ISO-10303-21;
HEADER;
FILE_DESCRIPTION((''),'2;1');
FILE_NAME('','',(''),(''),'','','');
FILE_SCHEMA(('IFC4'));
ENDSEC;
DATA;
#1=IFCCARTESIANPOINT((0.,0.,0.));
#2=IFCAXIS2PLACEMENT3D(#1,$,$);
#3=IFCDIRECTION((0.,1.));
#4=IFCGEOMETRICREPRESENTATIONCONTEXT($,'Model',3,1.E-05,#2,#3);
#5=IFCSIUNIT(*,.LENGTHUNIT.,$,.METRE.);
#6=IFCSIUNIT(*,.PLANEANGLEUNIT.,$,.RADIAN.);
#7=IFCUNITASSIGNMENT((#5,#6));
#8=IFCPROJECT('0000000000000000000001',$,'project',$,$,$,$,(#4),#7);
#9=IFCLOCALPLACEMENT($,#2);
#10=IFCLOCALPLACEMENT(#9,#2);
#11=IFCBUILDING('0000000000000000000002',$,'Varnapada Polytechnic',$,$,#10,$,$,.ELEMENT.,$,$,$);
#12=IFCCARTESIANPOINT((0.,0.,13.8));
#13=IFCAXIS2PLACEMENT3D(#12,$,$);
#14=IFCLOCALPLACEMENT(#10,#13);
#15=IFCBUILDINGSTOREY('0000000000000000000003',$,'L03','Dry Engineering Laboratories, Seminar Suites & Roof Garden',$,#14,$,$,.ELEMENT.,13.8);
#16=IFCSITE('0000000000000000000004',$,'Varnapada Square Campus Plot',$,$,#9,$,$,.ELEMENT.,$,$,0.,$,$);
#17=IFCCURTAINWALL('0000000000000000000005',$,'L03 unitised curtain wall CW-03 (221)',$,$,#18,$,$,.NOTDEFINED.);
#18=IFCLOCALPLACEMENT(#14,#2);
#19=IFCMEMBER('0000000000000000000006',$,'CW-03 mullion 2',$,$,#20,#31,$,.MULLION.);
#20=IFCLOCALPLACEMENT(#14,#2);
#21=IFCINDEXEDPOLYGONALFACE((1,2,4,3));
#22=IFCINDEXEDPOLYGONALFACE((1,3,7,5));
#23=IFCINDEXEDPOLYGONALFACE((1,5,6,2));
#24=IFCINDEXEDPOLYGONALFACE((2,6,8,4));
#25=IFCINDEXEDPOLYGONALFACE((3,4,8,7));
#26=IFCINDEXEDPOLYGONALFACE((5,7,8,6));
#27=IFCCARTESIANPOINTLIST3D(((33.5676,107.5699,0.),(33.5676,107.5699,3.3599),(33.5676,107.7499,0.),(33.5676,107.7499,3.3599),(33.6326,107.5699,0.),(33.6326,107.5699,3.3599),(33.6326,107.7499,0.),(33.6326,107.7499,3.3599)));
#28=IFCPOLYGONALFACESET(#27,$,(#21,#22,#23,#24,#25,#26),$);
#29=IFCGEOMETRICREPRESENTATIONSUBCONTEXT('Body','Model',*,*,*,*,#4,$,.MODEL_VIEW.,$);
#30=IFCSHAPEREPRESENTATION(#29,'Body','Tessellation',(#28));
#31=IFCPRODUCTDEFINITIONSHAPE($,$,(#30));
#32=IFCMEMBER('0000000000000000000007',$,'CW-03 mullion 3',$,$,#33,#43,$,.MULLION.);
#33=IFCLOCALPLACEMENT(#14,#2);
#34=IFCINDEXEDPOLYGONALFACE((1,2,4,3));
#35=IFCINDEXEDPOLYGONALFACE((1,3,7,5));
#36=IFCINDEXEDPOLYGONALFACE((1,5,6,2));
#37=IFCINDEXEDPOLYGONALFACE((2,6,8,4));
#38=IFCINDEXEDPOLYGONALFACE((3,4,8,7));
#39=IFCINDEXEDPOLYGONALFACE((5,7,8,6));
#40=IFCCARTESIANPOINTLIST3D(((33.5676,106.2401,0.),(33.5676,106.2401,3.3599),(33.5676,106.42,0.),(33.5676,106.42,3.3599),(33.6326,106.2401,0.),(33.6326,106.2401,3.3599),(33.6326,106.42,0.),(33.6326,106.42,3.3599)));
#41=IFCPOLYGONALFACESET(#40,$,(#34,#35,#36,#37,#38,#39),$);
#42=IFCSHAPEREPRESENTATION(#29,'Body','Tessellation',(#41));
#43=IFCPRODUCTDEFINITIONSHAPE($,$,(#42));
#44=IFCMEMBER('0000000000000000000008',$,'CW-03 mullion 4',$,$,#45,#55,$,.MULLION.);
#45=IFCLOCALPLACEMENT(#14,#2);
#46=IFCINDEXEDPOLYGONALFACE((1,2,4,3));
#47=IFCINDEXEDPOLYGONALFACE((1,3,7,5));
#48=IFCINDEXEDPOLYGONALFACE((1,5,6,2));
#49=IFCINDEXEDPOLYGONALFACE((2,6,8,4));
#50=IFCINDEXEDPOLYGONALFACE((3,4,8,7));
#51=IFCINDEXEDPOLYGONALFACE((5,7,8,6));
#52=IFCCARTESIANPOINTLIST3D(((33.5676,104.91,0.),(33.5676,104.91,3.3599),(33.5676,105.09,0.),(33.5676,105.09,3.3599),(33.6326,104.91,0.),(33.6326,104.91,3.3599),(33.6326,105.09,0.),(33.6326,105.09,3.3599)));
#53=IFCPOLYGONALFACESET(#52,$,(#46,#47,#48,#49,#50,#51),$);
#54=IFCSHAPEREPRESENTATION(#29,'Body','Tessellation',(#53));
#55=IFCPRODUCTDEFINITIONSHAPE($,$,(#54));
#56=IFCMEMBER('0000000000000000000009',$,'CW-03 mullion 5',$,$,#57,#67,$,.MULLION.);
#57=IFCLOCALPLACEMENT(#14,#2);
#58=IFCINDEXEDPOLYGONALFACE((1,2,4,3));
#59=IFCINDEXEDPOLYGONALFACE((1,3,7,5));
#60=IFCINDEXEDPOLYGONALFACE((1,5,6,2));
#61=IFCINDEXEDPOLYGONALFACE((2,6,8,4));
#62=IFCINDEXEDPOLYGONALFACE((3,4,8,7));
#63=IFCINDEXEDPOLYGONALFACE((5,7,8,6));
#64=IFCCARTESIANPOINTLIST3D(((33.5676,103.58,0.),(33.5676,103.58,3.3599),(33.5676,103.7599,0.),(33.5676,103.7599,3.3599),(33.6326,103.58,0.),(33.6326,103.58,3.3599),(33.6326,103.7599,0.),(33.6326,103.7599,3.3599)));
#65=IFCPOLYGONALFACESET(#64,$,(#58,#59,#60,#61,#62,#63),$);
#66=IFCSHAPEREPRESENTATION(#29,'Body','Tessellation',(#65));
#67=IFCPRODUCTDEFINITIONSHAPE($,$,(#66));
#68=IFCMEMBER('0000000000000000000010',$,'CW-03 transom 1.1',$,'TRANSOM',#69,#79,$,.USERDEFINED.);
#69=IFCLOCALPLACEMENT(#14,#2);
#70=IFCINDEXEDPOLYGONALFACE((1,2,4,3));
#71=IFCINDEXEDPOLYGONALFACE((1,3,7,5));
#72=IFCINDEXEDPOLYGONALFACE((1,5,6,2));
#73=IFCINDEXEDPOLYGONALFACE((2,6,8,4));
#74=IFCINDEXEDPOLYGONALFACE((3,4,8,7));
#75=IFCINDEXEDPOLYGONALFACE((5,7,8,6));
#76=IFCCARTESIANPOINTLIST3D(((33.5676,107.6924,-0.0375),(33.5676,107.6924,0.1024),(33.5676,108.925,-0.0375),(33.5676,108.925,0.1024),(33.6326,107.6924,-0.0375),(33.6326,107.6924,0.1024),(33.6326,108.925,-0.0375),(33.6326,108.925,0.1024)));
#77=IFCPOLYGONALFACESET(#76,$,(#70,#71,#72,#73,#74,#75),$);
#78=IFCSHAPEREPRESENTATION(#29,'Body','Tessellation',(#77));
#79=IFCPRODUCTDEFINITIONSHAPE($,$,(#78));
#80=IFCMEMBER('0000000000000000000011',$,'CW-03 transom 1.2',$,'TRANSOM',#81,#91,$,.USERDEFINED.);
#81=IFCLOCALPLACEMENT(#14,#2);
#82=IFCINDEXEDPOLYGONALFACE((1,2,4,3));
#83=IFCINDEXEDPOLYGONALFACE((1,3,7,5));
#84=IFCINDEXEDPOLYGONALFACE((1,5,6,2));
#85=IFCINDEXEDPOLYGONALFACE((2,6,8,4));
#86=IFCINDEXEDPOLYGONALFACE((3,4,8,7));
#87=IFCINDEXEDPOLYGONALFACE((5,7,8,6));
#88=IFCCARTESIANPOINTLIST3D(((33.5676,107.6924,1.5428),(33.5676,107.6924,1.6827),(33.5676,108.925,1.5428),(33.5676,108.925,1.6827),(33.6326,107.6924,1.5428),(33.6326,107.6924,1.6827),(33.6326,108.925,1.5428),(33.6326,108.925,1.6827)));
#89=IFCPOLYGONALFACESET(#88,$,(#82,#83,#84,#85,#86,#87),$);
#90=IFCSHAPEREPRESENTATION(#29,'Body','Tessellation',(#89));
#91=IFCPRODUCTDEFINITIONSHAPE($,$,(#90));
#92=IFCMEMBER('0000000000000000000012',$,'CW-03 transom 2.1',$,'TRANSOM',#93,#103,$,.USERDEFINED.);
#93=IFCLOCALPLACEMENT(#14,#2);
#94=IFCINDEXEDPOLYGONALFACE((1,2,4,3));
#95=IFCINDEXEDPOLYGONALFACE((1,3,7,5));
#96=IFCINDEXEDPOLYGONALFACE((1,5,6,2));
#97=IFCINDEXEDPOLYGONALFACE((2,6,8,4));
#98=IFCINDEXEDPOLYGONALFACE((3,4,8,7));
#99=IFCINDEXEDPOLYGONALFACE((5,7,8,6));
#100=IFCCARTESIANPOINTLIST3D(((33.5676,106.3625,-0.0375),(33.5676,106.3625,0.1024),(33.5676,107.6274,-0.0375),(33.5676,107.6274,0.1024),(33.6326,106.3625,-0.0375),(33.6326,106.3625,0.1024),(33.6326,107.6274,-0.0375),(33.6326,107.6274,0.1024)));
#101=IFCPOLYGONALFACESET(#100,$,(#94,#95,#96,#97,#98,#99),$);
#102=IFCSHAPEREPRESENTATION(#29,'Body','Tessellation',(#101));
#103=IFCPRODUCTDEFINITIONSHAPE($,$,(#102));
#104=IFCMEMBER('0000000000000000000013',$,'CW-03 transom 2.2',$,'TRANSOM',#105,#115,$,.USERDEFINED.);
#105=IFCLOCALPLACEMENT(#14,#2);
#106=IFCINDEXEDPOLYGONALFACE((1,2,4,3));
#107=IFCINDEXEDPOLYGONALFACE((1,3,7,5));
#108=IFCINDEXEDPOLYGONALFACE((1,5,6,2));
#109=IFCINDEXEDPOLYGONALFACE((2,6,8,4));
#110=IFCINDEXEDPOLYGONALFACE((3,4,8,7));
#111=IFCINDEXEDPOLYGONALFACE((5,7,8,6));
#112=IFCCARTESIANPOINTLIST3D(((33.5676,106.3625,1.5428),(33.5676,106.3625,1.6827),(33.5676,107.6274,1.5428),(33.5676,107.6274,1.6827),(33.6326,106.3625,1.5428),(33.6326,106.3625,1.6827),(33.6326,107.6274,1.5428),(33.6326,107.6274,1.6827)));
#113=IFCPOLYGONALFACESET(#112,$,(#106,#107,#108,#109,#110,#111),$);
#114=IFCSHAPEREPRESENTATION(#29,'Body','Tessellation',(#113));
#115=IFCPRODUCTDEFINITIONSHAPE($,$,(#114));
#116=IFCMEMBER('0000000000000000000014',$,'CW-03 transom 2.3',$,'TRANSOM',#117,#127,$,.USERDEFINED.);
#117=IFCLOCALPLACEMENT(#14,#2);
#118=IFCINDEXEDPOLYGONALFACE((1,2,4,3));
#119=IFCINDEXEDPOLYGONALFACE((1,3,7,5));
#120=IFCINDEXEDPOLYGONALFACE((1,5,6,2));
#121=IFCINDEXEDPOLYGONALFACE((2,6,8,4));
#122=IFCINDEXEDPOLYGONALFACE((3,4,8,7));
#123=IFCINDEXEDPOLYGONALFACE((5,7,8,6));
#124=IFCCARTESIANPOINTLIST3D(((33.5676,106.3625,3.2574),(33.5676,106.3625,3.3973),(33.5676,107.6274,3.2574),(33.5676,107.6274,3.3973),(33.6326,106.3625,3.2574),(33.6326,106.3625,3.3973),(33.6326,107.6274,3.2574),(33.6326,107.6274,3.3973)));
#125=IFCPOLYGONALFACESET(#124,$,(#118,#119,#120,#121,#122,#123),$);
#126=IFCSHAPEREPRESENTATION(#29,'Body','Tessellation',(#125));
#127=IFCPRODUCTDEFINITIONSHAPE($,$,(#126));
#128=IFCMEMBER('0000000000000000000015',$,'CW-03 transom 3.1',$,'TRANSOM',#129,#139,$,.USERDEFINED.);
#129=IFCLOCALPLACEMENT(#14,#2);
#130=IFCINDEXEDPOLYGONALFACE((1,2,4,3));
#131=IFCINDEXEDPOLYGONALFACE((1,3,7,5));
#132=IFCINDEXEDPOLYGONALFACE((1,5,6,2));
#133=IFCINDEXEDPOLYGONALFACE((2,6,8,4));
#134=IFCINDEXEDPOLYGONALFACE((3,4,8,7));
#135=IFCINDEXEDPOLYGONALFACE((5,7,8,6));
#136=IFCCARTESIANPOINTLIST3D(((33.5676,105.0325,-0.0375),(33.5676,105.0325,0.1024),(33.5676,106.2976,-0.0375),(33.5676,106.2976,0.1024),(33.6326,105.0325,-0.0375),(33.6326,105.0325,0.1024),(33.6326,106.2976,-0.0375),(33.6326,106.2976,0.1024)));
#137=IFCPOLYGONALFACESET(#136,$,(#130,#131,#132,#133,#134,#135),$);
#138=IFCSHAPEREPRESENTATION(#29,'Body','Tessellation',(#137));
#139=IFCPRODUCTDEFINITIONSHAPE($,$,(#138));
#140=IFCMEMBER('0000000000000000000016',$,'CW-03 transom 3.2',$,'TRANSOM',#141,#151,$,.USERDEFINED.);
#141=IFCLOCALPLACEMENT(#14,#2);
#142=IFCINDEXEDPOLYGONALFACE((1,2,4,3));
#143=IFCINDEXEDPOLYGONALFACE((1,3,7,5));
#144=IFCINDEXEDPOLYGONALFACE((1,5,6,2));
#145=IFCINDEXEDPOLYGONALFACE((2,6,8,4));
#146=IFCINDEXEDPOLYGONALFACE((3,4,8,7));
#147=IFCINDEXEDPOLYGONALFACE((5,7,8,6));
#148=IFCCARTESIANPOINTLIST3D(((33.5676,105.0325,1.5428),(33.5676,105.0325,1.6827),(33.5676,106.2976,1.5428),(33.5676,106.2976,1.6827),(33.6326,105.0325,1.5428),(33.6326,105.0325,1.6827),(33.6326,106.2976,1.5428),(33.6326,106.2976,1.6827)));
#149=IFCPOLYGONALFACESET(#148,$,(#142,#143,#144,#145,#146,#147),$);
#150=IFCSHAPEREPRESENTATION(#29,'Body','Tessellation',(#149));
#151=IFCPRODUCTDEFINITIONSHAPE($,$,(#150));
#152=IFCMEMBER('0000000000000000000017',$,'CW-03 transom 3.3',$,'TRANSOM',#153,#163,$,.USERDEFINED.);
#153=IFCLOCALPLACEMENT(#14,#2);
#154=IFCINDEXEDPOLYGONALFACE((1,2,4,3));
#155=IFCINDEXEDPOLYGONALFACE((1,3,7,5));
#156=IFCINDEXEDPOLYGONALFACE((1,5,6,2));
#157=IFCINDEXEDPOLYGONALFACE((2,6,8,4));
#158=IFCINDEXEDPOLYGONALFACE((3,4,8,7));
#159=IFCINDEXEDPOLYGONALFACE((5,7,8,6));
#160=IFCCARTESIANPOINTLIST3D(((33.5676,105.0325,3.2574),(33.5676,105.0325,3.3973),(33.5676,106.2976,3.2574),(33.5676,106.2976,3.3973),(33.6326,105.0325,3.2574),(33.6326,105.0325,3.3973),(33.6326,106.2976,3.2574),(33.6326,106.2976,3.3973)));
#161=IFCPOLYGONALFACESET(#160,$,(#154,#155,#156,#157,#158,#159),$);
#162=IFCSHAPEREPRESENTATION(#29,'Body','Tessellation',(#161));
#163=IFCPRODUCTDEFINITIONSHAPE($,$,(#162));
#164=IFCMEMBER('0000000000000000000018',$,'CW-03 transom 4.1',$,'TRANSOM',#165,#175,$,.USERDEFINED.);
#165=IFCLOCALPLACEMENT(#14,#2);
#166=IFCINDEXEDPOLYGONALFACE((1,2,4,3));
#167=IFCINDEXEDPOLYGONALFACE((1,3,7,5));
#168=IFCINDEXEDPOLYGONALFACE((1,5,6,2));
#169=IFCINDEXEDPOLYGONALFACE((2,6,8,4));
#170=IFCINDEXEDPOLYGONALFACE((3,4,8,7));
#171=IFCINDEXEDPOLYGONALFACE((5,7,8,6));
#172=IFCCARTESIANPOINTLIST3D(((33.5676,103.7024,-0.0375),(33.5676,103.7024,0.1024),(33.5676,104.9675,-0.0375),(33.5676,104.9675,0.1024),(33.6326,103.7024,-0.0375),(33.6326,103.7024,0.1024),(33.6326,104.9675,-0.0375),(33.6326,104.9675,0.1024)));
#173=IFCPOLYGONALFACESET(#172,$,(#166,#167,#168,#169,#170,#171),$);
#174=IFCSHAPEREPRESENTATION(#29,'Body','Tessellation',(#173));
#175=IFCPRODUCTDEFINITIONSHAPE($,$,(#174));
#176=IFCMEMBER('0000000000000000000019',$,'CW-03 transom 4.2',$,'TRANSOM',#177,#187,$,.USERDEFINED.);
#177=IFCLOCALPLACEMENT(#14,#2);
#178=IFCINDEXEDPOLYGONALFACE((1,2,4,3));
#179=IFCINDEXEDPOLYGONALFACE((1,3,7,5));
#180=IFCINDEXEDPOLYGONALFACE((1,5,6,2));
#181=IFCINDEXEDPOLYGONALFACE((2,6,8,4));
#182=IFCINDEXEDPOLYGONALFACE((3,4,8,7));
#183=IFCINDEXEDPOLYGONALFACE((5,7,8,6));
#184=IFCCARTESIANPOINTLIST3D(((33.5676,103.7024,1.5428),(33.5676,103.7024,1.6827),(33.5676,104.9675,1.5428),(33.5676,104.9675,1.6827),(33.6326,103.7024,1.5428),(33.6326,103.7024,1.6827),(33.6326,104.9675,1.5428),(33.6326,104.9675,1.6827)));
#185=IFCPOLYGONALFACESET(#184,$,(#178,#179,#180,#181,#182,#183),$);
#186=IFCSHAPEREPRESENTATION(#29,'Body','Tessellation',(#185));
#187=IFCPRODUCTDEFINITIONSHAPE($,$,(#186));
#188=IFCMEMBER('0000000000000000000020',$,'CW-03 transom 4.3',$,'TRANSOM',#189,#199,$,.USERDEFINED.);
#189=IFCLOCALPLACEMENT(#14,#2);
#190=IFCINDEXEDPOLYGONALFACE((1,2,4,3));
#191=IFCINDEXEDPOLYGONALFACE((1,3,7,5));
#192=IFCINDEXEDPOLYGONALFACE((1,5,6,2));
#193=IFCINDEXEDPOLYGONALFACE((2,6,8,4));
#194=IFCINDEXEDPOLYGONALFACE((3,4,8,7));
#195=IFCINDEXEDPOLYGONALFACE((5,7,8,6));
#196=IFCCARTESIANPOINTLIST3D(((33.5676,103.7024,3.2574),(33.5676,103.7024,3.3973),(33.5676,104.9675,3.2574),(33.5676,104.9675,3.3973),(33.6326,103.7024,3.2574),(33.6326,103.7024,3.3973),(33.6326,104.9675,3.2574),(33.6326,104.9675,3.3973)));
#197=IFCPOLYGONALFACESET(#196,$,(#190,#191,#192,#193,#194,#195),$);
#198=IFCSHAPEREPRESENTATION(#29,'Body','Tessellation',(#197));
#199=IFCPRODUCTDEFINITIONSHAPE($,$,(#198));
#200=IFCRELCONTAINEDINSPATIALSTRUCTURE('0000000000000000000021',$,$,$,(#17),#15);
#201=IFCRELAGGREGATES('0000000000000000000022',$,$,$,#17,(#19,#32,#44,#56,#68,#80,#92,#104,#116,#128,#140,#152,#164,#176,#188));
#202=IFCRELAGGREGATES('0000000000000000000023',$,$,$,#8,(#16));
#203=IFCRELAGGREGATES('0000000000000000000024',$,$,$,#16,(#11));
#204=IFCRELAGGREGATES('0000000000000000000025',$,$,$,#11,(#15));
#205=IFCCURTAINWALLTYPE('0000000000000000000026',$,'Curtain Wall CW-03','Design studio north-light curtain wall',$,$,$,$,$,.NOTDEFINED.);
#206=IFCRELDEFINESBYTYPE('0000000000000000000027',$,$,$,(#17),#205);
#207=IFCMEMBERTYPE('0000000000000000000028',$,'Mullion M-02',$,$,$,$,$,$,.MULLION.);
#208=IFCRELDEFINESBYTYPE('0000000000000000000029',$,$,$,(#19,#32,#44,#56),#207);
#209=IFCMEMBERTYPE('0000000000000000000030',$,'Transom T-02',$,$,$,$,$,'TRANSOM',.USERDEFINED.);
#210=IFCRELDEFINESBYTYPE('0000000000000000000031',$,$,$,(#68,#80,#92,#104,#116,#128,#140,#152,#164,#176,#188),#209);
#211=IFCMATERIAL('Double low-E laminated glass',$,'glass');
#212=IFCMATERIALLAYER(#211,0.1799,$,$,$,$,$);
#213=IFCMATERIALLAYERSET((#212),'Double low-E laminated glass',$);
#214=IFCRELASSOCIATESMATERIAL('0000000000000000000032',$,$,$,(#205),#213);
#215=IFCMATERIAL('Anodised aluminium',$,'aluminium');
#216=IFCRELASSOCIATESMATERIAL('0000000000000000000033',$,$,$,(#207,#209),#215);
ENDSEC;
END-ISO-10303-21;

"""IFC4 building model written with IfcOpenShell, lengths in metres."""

from ifc_helpers import new_model, si_unit, direction, frame, origin, origin_2d, place, context, subcontext, project, spatial, rectangle, extrude, material, layer, layer_set, material_profile, profile_set, type_object, element, aggregate, save


model = new_model("IFC4")

# Units and contexts
model_context = context("Model", 3, precision=1e-05, world=origin(), true_north=direction((0.0, 1.0)))
body_context = subcontext(model_context, "Body", "Model", "MODEL_VIEW")
ifc_project = project(units=[si_unit("LENGTHUNIT", "METRE"), si_unit("PLANEANGLEUNIT", "RADIAN")], contexts=[model_context])

# Site, building, storey
site_placement = place(None, origin())
site = spatial("IfcSite", under=ifc_project, at=site_placement, Name="Varnapada Square Campus Plot", CompositionType="ELEMENT", RefElevation=0.0)
building_placement = place(site_placement, origin())
building = spatial("IfcBuilding", under=site, at=building_placement, Name="Varnapada Polytechnic", CompositionType="ELEMENT")
storey_placement = place(building_placement, frame((0.0, 0.0, 13.8)))
storey = spatial("IfcBuildingStorey", under=building, at=storey_placement, Name="L03", Description="Dry Engineering Laboratories, Seminar Suites & Roof Garden", CompositionType="ELEMENT", Elevation=13.8)

# Curtain wall, members
ifc_material_1 = material(Name="Double low-E laminated glass", Category="glass")
ifc_layer_1 = layer(ifc_material_1, 0.1799)
ifc_layer_set_1 = layer_set([ifc_layer_1], Name="Double low-E laminated glass")
curtain_wall_type = type_object("IfcCurtainWallType", Name="Curtain Wall CW-03", Description="Design studio north-light curtain wall", PredefinedType="NOTDEFINED", material=ifc_layer_set_1)
curtain_wall_placement = place(storey_placement, origin())
curtain_wall = element("IfcCurtainWall", 1, at=curtain_wall_placement, inside=storey, type_object=curtain_wall_type, Name="L03 unitised curtain wall CW-03 (221)", PredefinedType="NOTDEFINED")
ifc_material_2 = material(Name="Anodised aluminium", Category="aluminium")
ifc_material_profile_1 = material_profile(ifc_material_2, rectangle(XDim=0.0649, YDim=0.1799, at=origin_2d()), Name="ALU M65x180")
ifc_profile_set_1 = profile_set([ifc_material_profile_1], Name="Anodised aluminium")
member_type_1 = type_object("IfcMemberType", Name="Mullion M-02", PredefinedType="MULLION", material=ifc_profile_set_1)
member_1_placement = place(storey_placement, frame((33.6001, 107.6599, 0.0), z_axis=(0.0, 0.0, 1.0), x_axis=(1.0, 0.0, 0.0)))
member_1 = element("IfcMember", 2, at=member_1_placement, type_object=member_type_1, Name="CW-03 mullion 2", PredefinedType="MULLION", context=body_context, shape_type="SweptSolid", body=[
    extrude(rectangle(XDim=0.0649, YDim=0.1799, at=origin_2d()), origin(), (0.0, 0.0, 1.0), 3.3599),
])
member_2_placement = place(storey_placement, frame((33.6001, 106.3301, 0.0), z_axis=(0.0, 0.0, 1.0), x_axis=(1.0, 0.0, 0.0)))
member_2 = element("IfcMember", 3, at=member_2_placement, type_object=member_type_1, Name="CW-03 mullion 3", PredefinedType="MULLION", context=body_context, shape_type="SweptSolid", body=[
    extrude(rectangle(XDim=0.0649, YDim=0.1799, at=origin_2d()), origin(), (0.0, 0.0, 1.0), 3.3599),
])
member_3_placement = place(storey_placement, frame((33.6001, 105.0, 0.0), z_axis=(0.0, 0.0, 1.0), x_axis=(1.0, 0.0, 0.0)))
member_3 = element("IfcMember", 4, at=member_3_placement, type_object=member_type_1, Name="CW-03 mullion 4", PredefinedType="MULLION", context=body_context, shape_type="SweptSolid", body=[
    extrude(rectangle(XDim=0.0649, YDim=0.1799, at=origin_2d()), origin(), (0.0, 0.0, 1.0), 3.3599),
])
member_4_placement = place(storey_placement, frame((33.6001, 103.6699, 0.0), z_axis=(0.0, 0.0, 1.0), x_axis=(1.0, 0.0, 0.0)))
member_4 = element("IfcMember", 5, at=member_4_placement, type_object=member_type_1, Name="CW-03 mullion 5", PredefinedType="MULLION", context=body_context, shape_type="SweptSolid", body=[
    extrude(rectangle(XDim=0.0649, YDim=0.1799, at=origin_2d()), origin(), (0.0, 0.0, 1.0), 3.3599),
])
ifc_material_profile_2 = material_profile(ifc_material_2, rectangle(XDim=0.0649, YDim=0.1399, at=origin_2d()), Name="ALU T65x140")
ifc_profile_set_2 = profile_set([ifc_material_profile_2], Name="Anodised aluminium")
member_type_2 = type_object("IfcMemberType", Name="Transom T-02", ElementType="TRANSOM", PredefinedType="USERDEFINED", material=ifc_profile_set_2)
member_5_placement = place(storey_placement, frame((33.6001, 108.925, 0.0325), z_axis=(0.0, -1.0, 0.0), x_axis=(1.0, 0.0, 0.0)))
member_5 = element("IfcMember", 6, at=member_5_placement, type_object=member_type_2, Name="CW-03 transom 1.1", ObjectType="TRANSOM", PredefinedType="USERDEFINED", context=body_context, shape_type="SweptSolid", body=[
    extrude(rectangle(XDim=0.0649, YDim=0.1399, at=origin_2d()), origin(), (0.0, 0.0, 1.0), 1.2327),
])
member_6_placement = place(storey_placement, frame((33.6001, 108.925, 1.6128), z_axis=(0.0, -1.0, 0.0), x_axis=(1.0, 0.0, 0.0)))
member_6 = element("IfcMember", 7, at=member_6_placement, type_object=member_type_2, Name="CW-03 transom 1.2", ObjectType="TRANSOM", PredefinedType="USERDEFINED", context=body_context, shape_type="SweptSolid", body=[
    extrude(rectangle(XDim=0.0649, YDim=0.1399, at=origin_2d()), origin(), (0.0, 0.0, 1.0), 1.2327),
])
member_7_placement = place(storey_placement, frame((33.6001, 107.6274, 0.0325), z_axis=(0.0, -1.0, 0.0), x_axis=(1.0, 0.0, 0.0)))
member_7 = element("IfcMember", 8, at=member_7_placement, type_object=member_type_2, Name="CW-03 transom 2.1", ObjectType="TRANSOM", PredefinedType="USERDEFINED", context=body_context, shape_type="SweptSolid", body=[
    extrude(rectangle(XDim=0.0649, YDim=0.1399, at=origin_2d()), origin(), (0.0, 0.0, 1.0), 1.2649),
])
member_8_placement = place(storey_placement, frame((33.6001, 107.6274, 1.6128), z_axis=(0.0, -1.0, 0.0), x_axis=(1.0, 0.0, 0.0)))
member_8 = element("IfcMember", 9, at=member_8_placement, type_object=member_type_2, Name="CW-03 transom 2.2", ObjectType="TRANSOM", PredefinedType="USERDEFINED", context=body_context, shape_type="SweptSolid", body=[
    extrude(rectangle(XDim=0.0649, YDim=0.1399, at=origin_2d()), origin(), (0.0, 0.0, 1.0), 1.2649),
])
member_9_placement = place(storey_placement, frame((33.6001, 107.6274, 3.3274), z_axis=(0.0, -1.0, 0.0), x_axis=(1.0, 0.0, 0.0)))
member_9 = element("IfcMember", 10, at=member_9_placement, type_object=member_type_2, Name="CW-03 transom 2.3", ObjectType="TRANSOM", PredefinedType="USERDEFINED", context=body_context, shape_type="SweptSolid", body=[
    extrude(rectangle(XDim=0.0649, YDim=0.1399, at=origin_2d()), origin(), (0.0, 0.0, 1.0), 1.2649),
])
member_10_placement = place(storey_placement, frame((33.6001, 106.2976, 0.0325), z_axis=(0.0, -1.0, 0.0), x_axis=(1.0, 0.0, 0.0)))
member_10 = element("IfcMember", 11, at=member_10_placement, type_object=member_type_2, Name="CW-03 transom 3.1", ObjectType="TRANSOM", PredefinedType="USERDEFINED", context=body_context, shape_type="SweptSolid", body=[
    extrude(rectangle(XDim=0.0649, YDim=0.1399, at=origin_2d()), origin(), (0.0, 0.0, 1.0), 1.2651),
])
member_11_placement = place(storey_placement, frame((33.6001, 106.2976, 1.6128), z_axis=(0.0, -1.0, 0.0), x_axis=(1.0, 0.0, 0.0)))
member_11 = element("IfcMember", 12, at=member_11_placement, type_object=member_type_2, Name="CW-03 transom 3.2", ObjectType="TRANSOM", PredefinedType="USERDEFINED", context=body_context, shape_type="SweptSolid", body=[
    extrude(rectangle(XDim=0.0649, YDim=0.1399, at=origin_2d()), origin(), (0.0, 0.0, 1.0), 1.2651),
])
member_12_placement = place(storey_placement, frame((33.6001, 106.2976, 3.3274), z_axis=(0.0, -1.0, 0.0), x_axis=(1.0, 0.0, 0.0)))
member_12 = element("IfcMember", 13, at=member_12_placement, type_object=member_type_2, Name="CW-03 transom 3.3", ObjectType="TRANSOM", PredefinedType="USERDEFINED", context=body_context, shape_type="SweptSolid", body=[
    extrude(rectangle(XDim=0.0649, YDim=0.1399, at=origin_2d()), origin(), (0.0, 0.0, 1.0), 1.2651),
])
member_13_placement = place(storey_placement, frame((33.6001, 104.9675, 0.0325), z_axis=(0.0, -1.0, 0.0), x_axis=(1.0, 0.0, 0.0)))
member_13 = element("IfcMember", 14, at=member_13_placement, type_object=member_type_2, Name="CW-03 transom 4.1", ObjectType="TRANSOM", PredefinedType="USERDEFINED", context=body_context, shape_type="SweptSolid", body=[
    extrude(rectangle(XDim=0.0649, YDim=0.1399, at=origin_2d()), origin(), (0.0, 0.0, 1.0), 1.2651),
])
member_14_placement = place(storey_placement, frame((33.6001, 104.9675, 1.6128), z_axis=(0.0, -1.0, 0.0), x_axis=(1.0, 0.0, 0.0)))
member_14 = element("IfcMember", 15, at=member_14_placement, type_object=member_type_2, Name="CW-03 transom 4.2", ObjectType="TRANSOM", PredefinedType="USERDEFINED", context=body_context, shape_type="SweptSolid", body=[
    extrude(rectangle(XDim=0.0649, YDim=0.1399, at=origin_2d()), origin(), (0.0, 0.0, 1.0), 1.2651),
])
member_15_placement = place(storey_placement, frame((33.6001, 104.9675, 3.3274), z_axis=(0.0, -1.0, 0.0), x_axis=(1.0, 0.0, 0.0)))
member_15 = element("IfcMember", 16, at=member_15_placement, type_object=member_type_2, Name="CW-03 transom 4.3", ObjectType="TRANSOM", PredefinedType="USERDEFINED", context=body_context, shape_type="SweptSolid", body=[
    extrude(rectangle(XDim=0.0649, YDim=0.1399, at=origin_2d()), origin(), (0.0, 0.0, 1.0), 1.2651),
])
aggregate(curtain_wall, [member_1, member_2, member_3, member_4, member_5, member_6, member_7, member_8, member_9, member_10, member_11, member_12, member_13, member_14, member_15])

save(model, "model.ifc")
